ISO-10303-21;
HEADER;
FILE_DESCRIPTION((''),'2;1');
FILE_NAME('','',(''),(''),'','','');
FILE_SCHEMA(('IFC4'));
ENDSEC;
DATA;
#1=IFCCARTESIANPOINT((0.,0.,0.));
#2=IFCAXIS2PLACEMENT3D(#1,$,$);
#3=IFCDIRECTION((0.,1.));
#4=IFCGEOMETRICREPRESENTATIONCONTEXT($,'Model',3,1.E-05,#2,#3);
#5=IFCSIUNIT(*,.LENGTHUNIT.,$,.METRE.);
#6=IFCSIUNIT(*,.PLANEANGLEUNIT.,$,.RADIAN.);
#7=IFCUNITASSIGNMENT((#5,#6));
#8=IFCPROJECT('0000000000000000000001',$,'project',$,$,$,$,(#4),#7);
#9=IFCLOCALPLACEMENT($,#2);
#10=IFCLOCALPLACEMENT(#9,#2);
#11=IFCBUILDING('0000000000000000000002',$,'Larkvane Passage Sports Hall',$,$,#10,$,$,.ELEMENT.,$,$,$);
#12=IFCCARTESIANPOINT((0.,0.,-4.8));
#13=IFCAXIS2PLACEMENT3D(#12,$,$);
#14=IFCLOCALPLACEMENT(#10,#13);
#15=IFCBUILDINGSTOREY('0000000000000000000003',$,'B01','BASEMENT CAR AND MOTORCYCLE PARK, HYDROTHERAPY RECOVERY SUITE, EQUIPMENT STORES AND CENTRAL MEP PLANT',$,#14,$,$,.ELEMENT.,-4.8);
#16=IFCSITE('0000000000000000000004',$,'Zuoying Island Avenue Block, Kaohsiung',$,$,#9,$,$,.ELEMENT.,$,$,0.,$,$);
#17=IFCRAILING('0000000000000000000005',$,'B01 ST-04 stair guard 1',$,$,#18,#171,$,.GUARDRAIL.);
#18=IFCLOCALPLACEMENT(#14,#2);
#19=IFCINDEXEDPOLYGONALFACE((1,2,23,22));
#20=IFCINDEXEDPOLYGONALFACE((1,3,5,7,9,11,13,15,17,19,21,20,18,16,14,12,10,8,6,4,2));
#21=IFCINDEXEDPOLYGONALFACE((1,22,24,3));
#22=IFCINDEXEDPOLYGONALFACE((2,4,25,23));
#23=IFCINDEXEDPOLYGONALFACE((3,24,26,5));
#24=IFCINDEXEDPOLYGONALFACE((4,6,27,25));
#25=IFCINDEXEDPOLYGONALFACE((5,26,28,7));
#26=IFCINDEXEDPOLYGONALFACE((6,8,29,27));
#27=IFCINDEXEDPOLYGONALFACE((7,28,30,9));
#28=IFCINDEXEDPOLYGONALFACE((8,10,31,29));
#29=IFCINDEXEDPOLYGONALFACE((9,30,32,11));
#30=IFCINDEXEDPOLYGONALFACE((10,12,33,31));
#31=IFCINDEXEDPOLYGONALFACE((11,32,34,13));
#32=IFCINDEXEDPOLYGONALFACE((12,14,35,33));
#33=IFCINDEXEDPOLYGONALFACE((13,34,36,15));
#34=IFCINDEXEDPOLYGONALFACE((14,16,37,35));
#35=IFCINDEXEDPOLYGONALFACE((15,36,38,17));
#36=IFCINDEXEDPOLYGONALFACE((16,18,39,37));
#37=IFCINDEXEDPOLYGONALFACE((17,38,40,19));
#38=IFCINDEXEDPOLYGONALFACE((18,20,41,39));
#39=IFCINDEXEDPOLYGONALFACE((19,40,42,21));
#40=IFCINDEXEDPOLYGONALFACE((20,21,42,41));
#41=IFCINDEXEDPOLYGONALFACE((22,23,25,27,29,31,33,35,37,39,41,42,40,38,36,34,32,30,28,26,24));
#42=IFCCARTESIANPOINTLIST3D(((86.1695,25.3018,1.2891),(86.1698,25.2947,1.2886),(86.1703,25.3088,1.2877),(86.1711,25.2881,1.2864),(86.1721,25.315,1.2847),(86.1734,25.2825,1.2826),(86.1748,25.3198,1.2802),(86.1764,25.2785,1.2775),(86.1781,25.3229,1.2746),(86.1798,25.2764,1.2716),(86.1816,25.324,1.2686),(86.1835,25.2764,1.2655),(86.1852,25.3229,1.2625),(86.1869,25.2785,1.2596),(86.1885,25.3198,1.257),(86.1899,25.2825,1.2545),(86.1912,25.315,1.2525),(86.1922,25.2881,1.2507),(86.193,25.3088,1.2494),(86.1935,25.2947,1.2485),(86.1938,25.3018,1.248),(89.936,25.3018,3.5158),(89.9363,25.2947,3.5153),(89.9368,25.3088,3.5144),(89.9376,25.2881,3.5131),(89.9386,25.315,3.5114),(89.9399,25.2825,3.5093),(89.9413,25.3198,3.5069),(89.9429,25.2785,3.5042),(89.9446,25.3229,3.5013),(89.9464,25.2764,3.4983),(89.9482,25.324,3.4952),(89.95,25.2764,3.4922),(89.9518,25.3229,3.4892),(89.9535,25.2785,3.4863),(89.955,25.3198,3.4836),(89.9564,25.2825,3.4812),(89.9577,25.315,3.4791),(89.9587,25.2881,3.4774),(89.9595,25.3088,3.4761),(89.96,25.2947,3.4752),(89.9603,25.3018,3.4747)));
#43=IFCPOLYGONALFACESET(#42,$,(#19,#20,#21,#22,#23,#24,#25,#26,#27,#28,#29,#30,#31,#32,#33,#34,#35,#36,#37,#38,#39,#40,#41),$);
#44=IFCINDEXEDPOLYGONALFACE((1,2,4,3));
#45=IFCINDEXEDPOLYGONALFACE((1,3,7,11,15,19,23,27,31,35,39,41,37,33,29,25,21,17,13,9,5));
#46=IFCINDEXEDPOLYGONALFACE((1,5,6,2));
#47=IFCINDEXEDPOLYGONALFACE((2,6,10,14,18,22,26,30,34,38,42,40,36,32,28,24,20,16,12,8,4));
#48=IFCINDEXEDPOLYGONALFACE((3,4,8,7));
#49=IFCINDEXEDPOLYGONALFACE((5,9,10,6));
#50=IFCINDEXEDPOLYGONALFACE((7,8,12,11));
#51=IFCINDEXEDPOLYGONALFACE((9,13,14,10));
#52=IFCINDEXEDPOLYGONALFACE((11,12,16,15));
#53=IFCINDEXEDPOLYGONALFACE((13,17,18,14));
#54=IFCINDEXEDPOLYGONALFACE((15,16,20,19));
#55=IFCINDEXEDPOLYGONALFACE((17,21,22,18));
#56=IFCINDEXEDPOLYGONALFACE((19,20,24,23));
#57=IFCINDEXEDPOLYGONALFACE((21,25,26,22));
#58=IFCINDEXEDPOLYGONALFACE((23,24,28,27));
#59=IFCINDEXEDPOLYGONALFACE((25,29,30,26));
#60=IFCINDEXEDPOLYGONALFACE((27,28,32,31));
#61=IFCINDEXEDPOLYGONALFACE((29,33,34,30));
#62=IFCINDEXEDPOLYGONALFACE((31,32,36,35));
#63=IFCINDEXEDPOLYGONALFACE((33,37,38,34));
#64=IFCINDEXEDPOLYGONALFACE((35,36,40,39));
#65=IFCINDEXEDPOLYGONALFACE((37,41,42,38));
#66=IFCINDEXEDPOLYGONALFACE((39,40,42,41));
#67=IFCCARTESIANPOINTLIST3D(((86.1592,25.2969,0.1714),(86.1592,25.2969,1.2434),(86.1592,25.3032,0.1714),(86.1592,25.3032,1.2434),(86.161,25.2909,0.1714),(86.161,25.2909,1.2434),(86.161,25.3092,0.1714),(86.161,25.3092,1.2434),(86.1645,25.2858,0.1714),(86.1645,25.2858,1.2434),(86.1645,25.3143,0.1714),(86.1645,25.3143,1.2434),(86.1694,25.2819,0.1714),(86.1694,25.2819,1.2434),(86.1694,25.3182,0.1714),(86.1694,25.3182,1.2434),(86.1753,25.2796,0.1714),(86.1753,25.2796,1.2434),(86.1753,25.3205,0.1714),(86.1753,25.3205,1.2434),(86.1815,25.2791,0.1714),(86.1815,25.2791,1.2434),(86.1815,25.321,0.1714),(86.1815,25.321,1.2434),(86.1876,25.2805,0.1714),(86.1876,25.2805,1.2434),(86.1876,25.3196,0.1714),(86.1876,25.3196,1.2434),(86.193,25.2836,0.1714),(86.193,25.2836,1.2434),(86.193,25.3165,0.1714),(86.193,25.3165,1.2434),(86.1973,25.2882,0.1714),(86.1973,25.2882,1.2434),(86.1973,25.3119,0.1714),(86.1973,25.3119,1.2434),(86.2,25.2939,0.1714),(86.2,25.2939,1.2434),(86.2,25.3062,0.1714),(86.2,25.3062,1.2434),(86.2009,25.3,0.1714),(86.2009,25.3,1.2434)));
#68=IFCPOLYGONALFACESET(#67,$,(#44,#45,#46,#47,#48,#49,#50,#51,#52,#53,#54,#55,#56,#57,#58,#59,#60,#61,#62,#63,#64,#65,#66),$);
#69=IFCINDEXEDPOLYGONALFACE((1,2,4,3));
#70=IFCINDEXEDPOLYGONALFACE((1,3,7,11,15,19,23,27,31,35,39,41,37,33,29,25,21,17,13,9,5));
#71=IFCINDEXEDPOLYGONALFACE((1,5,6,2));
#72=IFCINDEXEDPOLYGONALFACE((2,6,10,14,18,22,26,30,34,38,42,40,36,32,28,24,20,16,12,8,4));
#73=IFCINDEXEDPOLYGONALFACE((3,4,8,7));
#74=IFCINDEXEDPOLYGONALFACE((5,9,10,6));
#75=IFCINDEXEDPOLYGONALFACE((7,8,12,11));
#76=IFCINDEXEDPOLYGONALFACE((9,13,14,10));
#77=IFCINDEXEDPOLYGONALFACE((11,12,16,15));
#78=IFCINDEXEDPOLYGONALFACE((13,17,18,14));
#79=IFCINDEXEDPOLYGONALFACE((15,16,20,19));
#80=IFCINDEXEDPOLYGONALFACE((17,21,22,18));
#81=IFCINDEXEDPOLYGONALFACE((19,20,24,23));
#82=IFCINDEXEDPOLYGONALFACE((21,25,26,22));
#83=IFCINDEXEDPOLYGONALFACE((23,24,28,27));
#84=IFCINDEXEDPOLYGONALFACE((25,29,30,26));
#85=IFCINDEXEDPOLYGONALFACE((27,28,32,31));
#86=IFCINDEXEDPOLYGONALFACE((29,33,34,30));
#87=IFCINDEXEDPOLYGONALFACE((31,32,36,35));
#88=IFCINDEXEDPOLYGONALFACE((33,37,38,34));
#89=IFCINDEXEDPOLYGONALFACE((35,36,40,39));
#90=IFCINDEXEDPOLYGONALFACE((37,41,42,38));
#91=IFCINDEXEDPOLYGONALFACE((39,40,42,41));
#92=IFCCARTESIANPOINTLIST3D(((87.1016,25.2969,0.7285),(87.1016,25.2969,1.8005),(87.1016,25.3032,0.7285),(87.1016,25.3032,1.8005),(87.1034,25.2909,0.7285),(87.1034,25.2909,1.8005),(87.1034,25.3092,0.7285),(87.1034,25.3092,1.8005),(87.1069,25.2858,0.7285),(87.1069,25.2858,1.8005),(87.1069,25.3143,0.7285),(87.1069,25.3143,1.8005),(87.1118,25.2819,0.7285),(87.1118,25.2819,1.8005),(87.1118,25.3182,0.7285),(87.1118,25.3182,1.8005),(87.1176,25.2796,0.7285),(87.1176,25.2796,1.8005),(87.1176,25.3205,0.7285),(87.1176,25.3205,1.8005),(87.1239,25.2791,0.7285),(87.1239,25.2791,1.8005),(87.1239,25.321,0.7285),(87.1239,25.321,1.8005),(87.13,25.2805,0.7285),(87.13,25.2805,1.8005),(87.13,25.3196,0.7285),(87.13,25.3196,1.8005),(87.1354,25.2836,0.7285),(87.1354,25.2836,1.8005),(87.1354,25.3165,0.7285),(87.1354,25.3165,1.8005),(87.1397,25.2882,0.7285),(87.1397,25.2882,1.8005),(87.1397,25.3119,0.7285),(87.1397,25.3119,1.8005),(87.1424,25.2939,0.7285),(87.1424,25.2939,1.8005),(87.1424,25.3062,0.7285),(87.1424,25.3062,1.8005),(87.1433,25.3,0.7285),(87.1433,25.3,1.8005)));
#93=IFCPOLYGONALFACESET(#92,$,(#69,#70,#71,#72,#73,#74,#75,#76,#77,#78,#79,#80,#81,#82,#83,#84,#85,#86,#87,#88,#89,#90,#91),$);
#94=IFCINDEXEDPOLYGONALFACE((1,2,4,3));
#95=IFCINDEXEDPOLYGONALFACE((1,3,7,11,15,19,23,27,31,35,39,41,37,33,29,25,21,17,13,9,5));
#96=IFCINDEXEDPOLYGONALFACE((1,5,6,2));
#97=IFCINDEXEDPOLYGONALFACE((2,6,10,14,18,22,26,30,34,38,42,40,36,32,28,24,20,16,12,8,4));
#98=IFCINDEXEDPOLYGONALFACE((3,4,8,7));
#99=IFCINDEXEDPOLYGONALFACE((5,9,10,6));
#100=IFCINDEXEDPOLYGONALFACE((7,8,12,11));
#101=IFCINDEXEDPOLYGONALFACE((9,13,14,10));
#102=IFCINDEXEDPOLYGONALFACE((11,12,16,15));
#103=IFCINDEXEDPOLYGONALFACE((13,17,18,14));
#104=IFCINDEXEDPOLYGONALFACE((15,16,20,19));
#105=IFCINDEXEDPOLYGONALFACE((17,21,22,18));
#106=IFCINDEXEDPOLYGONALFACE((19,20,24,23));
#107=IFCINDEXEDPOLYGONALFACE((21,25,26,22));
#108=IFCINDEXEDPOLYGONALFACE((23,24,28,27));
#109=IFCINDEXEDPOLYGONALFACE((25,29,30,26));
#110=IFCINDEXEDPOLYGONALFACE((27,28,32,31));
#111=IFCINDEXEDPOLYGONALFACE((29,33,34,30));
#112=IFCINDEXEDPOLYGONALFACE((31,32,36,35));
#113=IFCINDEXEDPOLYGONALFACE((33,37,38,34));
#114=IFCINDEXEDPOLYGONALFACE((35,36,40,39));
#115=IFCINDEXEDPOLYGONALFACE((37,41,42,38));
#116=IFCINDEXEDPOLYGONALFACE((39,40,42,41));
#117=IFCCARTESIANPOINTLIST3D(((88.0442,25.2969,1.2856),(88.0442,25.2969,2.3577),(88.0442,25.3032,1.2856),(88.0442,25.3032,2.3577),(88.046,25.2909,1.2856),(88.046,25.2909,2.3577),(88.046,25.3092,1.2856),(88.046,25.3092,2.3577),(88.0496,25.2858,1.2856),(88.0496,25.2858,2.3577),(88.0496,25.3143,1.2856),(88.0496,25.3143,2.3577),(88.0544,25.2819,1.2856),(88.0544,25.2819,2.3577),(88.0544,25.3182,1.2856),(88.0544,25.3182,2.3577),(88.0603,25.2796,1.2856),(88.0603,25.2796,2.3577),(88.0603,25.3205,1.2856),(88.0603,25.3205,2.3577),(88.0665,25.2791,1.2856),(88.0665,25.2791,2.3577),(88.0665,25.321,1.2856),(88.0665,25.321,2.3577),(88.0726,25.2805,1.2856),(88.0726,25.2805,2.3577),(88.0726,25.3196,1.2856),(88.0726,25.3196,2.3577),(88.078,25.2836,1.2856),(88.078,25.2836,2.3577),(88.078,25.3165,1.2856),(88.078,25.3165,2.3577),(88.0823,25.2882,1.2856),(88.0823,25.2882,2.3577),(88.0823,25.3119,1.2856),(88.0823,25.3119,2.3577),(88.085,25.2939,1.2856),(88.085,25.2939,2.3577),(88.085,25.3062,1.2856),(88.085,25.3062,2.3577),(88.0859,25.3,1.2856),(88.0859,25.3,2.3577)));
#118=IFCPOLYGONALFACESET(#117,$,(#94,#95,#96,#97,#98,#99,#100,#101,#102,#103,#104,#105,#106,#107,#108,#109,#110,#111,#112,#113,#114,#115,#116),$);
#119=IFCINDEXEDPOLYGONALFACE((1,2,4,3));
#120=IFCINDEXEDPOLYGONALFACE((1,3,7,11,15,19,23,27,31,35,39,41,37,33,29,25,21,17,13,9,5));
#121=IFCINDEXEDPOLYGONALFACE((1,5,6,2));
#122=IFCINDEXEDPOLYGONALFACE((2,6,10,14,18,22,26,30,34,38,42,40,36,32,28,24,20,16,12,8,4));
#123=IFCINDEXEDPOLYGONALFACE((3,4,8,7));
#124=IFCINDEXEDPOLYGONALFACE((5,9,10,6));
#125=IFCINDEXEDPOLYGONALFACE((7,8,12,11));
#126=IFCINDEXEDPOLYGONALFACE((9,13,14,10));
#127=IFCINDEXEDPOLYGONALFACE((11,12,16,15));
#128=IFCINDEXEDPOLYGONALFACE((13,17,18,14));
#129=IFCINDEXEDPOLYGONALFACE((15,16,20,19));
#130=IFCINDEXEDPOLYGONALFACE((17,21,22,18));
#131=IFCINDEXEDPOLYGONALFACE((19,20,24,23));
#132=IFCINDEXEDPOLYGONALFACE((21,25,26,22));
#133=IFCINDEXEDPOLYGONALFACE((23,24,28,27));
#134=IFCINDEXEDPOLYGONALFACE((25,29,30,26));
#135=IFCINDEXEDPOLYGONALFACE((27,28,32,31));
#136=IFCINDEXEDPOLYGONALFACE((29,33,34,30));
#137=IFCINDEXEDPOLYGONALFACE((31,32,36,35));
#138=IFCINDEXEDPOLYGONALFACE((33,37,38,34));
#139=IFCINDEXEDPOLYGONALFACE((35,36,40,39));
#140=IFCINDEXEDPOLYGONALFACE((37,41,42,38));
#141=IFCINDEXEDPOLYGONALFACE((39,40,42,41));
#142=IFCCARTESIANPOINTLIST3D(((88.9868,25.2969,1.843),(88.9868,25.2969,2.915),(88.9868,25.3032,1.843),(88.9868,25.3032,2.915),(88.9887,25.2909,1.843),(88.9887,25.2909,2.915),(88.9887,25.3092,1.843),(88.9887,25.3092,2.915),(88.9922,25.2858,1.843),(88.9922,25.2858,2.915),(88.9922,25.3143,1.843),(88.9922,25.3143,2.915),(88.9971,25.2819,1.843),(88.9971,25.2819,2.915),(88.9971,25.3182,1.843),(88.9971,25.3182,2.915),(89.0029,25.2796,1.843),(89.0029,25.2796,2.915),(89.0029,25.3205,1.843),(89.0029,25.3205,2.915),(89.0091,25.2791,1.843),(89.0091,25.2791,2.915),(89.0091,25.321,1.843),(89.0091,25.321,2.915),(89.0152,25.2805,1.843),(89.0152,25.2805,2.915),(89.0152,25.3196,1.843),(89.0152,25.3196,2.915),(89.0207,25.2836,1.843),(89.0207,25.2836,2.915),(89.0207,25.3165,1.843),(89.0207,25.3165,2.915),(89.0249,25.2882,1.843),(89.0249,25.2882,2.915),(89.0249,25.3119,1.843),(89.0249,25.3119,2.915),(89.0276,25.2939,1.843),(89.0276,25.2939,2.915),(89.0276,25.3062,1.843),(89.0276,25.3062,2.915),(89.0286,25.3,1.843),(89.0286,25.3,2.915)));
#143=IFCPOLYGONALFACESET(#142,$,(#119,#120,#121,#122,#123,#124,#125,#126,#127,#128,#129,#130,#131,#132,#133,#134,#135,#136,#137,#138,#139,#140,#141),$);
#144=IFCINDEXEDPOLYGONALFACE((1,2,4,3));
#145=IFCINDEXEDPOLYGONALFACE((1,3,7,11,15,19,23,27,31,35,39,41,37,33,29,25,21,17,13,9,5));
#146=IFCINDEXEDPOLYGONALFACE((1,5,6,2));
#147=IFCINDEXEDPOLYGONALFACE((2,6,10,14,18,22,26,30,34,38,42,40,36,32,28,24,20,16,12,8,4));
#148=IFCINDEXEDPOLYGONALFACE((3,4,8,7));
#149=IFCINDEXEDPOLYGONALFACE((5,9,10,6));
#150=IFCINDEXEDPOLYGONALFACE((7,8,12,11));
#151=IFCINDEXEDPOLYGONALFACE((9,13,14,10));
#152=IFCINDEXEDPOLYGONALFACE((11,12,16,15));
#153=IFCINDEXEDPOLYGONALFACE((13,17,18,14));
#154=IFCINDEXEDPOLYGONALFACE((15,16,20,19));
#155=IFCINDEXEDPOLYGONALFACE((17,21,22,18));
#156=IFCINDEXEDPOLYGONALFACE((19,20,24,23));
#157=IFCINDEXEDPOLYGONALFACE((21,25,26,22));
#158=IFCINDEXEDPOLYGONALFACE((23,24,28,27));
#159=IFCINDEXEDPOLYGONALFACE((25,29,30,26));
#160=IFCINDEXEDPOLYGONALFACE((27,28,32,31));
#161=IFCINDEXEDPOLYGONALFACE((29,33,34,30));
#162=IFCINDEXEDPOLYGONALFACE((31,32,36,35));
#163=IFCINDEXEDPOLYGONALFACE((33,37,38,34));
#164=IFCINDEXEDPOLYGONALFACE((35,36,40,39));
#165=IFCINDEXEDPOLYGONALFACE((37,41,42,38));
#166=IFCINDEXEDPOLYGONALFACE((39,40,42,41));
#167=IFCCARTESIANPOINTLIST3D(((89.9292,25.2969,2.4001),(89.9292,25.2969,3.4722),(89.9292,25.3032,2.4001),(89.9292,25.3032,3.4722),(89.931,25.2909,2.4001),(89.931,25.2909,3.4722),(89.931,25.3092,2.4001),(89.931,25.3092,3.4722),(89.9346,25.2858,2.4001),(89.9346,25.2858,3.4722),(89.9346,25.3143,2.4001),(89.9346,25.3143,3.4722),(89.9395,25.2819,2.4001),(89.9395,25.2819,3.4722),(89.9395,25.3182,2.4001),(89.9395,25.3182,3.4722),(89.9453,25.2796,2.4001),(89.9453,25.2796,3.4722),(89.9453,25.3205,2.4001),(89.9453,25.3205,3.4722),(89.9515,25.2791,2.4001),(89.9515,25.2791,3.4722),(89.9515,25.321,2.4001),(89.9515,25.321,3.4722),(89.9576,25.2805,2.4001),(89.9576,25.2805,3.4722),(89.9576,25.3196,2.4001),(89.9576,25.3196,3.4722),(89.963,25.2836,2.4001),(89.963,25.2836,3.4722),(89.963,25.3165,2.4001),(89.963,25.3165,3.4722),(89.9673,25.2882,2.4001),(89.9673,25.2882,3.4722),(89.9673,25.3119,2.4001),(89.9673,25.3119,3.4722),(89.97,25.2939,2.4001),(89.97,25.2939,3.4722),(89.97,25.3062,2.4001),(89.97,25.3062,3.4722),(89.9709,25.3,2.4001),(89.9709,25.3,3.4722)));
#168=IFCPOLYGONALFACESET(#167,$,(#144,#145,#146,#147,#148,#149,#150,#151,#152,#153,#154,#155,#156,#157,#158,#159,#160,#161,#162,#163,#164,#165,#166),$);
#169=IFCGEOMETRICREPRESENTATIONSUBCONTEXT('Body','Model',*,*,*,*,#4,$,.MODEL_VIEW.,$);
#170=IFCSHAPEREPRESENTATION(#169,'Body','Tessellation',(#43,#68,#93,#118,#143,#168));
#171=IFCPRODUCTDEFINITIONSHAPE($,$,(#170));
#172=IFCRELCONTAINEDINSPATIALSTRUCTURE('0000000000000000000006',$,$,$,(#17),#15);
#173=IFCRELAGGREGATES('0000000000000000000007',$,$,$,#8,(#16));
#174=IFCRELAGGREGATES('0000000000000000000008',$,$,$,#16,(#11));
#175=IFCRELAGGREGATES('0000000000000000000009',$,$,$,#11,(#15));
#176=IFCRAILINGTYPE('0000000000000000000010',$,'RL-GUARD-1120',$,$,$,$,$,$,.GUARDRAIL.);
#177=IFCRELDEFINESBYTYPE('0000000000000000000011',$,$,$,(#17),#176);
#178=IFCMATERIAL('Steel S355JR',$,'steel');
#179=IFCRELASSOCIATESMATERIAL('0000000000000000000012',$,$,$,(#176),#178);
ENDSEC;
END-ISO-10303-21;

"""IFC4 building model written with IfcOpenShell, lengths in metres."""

from ifc_helpers import new_model, si_unit, direction, frame, origin, origin_2d, place, context, subcontext, project, spatial, circle, extrude, material, type_object, element, save


model = new_model("IFC4")

# Units and contexts
model_context = context("Model", 3, precision=1e-05, world=origin(), true_north=direction((0.0, 1.0)))
body_context = subcontext(model_context, "Body", "Model", "MODEL_VIEW")
ifc_project = project(units=[si_unit("LENGTHUNIT", "METRE"), si_unit("PLANEANGLEUNIT", "RADIAN")], contexts=[model_context])

# Site, building, storey
site_placement = place(None, origin())
site = spatial("IfcSite", under=ifc_project, at=site_placement, Name="Zuoying Island Avenue Block, Kaohsiung", CompositionType="ELEMENT", RefElevation=0.0)
building_placement = place(site_placement, origin())
building = spatial("IfcBuilding", under=site, at=building_placement, Name="Larkvane Passage Sports Hall", CompositionType="ELEMENT")
storey_placement = place(building_placement, frame((0.0, 0.0, -4.8)))
storey = spatial("IfcBuildingStorey", under=building, at=storey_placement, Name="B01", Description="BASEMENT CAR AND MOTORCYCLE PARK, HYDROTHERAPY RECOVERY SUITE, EQUIPMENT STORES AND CENTRAL MEP PLANT", CompositionType="ELEMENT", Elevation=-4.8)

# Railing
ifc_material_1 = material(Name="Steel S355JR", Category="steel")
railing_type_1 = type_object("IfcRailingType", Name="RL-GUARD-1120", PredefinedType="GUARDRAIL", material=ifc_material_1)
railing_1_placement = place(storey_placement, frame((86.1799, 25.3, 0.1714)))
element("IfcRailing", 1, at=railing_1_placement, inside=storey, type_object=railing_type_1, Name="B01 ST-04 stair guard 1", PredefinedType="GUARDRAIL", context=body_context, shape_type="SweptSolid", body=[
    extrude(circle(Radius=0.0239, at=origin_2d()), frame((0.0017, 0.0, 1.0972), z_axis=(0.860824, 0.0, 0.508902), x_axis=(0.0, 1.0, 0.0)), (0.0, 0.0, 1.0), 4.3755),
    extrude(circle(Radius=0.021, at=origin_2d()), origin(), (0.0, 0.0, 1.0), 1.072),
    extrude(circle(Radius=0.021, at=origin_2d()), frame((0.9424, 0.0, 0.5571)), (0.0, 0.0, 1.0), 1.072),
    extrude(circle(Radius=0.021, at=origin_2d()), frame((1.885, 0.0, 1.1143)), (0.0, 0.0, 1.0), 1.072),
    extrude(circle(Radius=0.021, at=origin_2d()), frame((2.8276, 0.0, 1.6716)), (0.0, 0.0, 1.0), 1.072),
    extrude(circle(Radius=0.021, at=origin_2d()), frame((3.77, 0.0, 2.2288)), (0.0, 0.0, 1.0), 1.072),
])

save(model, "model.ifc")
